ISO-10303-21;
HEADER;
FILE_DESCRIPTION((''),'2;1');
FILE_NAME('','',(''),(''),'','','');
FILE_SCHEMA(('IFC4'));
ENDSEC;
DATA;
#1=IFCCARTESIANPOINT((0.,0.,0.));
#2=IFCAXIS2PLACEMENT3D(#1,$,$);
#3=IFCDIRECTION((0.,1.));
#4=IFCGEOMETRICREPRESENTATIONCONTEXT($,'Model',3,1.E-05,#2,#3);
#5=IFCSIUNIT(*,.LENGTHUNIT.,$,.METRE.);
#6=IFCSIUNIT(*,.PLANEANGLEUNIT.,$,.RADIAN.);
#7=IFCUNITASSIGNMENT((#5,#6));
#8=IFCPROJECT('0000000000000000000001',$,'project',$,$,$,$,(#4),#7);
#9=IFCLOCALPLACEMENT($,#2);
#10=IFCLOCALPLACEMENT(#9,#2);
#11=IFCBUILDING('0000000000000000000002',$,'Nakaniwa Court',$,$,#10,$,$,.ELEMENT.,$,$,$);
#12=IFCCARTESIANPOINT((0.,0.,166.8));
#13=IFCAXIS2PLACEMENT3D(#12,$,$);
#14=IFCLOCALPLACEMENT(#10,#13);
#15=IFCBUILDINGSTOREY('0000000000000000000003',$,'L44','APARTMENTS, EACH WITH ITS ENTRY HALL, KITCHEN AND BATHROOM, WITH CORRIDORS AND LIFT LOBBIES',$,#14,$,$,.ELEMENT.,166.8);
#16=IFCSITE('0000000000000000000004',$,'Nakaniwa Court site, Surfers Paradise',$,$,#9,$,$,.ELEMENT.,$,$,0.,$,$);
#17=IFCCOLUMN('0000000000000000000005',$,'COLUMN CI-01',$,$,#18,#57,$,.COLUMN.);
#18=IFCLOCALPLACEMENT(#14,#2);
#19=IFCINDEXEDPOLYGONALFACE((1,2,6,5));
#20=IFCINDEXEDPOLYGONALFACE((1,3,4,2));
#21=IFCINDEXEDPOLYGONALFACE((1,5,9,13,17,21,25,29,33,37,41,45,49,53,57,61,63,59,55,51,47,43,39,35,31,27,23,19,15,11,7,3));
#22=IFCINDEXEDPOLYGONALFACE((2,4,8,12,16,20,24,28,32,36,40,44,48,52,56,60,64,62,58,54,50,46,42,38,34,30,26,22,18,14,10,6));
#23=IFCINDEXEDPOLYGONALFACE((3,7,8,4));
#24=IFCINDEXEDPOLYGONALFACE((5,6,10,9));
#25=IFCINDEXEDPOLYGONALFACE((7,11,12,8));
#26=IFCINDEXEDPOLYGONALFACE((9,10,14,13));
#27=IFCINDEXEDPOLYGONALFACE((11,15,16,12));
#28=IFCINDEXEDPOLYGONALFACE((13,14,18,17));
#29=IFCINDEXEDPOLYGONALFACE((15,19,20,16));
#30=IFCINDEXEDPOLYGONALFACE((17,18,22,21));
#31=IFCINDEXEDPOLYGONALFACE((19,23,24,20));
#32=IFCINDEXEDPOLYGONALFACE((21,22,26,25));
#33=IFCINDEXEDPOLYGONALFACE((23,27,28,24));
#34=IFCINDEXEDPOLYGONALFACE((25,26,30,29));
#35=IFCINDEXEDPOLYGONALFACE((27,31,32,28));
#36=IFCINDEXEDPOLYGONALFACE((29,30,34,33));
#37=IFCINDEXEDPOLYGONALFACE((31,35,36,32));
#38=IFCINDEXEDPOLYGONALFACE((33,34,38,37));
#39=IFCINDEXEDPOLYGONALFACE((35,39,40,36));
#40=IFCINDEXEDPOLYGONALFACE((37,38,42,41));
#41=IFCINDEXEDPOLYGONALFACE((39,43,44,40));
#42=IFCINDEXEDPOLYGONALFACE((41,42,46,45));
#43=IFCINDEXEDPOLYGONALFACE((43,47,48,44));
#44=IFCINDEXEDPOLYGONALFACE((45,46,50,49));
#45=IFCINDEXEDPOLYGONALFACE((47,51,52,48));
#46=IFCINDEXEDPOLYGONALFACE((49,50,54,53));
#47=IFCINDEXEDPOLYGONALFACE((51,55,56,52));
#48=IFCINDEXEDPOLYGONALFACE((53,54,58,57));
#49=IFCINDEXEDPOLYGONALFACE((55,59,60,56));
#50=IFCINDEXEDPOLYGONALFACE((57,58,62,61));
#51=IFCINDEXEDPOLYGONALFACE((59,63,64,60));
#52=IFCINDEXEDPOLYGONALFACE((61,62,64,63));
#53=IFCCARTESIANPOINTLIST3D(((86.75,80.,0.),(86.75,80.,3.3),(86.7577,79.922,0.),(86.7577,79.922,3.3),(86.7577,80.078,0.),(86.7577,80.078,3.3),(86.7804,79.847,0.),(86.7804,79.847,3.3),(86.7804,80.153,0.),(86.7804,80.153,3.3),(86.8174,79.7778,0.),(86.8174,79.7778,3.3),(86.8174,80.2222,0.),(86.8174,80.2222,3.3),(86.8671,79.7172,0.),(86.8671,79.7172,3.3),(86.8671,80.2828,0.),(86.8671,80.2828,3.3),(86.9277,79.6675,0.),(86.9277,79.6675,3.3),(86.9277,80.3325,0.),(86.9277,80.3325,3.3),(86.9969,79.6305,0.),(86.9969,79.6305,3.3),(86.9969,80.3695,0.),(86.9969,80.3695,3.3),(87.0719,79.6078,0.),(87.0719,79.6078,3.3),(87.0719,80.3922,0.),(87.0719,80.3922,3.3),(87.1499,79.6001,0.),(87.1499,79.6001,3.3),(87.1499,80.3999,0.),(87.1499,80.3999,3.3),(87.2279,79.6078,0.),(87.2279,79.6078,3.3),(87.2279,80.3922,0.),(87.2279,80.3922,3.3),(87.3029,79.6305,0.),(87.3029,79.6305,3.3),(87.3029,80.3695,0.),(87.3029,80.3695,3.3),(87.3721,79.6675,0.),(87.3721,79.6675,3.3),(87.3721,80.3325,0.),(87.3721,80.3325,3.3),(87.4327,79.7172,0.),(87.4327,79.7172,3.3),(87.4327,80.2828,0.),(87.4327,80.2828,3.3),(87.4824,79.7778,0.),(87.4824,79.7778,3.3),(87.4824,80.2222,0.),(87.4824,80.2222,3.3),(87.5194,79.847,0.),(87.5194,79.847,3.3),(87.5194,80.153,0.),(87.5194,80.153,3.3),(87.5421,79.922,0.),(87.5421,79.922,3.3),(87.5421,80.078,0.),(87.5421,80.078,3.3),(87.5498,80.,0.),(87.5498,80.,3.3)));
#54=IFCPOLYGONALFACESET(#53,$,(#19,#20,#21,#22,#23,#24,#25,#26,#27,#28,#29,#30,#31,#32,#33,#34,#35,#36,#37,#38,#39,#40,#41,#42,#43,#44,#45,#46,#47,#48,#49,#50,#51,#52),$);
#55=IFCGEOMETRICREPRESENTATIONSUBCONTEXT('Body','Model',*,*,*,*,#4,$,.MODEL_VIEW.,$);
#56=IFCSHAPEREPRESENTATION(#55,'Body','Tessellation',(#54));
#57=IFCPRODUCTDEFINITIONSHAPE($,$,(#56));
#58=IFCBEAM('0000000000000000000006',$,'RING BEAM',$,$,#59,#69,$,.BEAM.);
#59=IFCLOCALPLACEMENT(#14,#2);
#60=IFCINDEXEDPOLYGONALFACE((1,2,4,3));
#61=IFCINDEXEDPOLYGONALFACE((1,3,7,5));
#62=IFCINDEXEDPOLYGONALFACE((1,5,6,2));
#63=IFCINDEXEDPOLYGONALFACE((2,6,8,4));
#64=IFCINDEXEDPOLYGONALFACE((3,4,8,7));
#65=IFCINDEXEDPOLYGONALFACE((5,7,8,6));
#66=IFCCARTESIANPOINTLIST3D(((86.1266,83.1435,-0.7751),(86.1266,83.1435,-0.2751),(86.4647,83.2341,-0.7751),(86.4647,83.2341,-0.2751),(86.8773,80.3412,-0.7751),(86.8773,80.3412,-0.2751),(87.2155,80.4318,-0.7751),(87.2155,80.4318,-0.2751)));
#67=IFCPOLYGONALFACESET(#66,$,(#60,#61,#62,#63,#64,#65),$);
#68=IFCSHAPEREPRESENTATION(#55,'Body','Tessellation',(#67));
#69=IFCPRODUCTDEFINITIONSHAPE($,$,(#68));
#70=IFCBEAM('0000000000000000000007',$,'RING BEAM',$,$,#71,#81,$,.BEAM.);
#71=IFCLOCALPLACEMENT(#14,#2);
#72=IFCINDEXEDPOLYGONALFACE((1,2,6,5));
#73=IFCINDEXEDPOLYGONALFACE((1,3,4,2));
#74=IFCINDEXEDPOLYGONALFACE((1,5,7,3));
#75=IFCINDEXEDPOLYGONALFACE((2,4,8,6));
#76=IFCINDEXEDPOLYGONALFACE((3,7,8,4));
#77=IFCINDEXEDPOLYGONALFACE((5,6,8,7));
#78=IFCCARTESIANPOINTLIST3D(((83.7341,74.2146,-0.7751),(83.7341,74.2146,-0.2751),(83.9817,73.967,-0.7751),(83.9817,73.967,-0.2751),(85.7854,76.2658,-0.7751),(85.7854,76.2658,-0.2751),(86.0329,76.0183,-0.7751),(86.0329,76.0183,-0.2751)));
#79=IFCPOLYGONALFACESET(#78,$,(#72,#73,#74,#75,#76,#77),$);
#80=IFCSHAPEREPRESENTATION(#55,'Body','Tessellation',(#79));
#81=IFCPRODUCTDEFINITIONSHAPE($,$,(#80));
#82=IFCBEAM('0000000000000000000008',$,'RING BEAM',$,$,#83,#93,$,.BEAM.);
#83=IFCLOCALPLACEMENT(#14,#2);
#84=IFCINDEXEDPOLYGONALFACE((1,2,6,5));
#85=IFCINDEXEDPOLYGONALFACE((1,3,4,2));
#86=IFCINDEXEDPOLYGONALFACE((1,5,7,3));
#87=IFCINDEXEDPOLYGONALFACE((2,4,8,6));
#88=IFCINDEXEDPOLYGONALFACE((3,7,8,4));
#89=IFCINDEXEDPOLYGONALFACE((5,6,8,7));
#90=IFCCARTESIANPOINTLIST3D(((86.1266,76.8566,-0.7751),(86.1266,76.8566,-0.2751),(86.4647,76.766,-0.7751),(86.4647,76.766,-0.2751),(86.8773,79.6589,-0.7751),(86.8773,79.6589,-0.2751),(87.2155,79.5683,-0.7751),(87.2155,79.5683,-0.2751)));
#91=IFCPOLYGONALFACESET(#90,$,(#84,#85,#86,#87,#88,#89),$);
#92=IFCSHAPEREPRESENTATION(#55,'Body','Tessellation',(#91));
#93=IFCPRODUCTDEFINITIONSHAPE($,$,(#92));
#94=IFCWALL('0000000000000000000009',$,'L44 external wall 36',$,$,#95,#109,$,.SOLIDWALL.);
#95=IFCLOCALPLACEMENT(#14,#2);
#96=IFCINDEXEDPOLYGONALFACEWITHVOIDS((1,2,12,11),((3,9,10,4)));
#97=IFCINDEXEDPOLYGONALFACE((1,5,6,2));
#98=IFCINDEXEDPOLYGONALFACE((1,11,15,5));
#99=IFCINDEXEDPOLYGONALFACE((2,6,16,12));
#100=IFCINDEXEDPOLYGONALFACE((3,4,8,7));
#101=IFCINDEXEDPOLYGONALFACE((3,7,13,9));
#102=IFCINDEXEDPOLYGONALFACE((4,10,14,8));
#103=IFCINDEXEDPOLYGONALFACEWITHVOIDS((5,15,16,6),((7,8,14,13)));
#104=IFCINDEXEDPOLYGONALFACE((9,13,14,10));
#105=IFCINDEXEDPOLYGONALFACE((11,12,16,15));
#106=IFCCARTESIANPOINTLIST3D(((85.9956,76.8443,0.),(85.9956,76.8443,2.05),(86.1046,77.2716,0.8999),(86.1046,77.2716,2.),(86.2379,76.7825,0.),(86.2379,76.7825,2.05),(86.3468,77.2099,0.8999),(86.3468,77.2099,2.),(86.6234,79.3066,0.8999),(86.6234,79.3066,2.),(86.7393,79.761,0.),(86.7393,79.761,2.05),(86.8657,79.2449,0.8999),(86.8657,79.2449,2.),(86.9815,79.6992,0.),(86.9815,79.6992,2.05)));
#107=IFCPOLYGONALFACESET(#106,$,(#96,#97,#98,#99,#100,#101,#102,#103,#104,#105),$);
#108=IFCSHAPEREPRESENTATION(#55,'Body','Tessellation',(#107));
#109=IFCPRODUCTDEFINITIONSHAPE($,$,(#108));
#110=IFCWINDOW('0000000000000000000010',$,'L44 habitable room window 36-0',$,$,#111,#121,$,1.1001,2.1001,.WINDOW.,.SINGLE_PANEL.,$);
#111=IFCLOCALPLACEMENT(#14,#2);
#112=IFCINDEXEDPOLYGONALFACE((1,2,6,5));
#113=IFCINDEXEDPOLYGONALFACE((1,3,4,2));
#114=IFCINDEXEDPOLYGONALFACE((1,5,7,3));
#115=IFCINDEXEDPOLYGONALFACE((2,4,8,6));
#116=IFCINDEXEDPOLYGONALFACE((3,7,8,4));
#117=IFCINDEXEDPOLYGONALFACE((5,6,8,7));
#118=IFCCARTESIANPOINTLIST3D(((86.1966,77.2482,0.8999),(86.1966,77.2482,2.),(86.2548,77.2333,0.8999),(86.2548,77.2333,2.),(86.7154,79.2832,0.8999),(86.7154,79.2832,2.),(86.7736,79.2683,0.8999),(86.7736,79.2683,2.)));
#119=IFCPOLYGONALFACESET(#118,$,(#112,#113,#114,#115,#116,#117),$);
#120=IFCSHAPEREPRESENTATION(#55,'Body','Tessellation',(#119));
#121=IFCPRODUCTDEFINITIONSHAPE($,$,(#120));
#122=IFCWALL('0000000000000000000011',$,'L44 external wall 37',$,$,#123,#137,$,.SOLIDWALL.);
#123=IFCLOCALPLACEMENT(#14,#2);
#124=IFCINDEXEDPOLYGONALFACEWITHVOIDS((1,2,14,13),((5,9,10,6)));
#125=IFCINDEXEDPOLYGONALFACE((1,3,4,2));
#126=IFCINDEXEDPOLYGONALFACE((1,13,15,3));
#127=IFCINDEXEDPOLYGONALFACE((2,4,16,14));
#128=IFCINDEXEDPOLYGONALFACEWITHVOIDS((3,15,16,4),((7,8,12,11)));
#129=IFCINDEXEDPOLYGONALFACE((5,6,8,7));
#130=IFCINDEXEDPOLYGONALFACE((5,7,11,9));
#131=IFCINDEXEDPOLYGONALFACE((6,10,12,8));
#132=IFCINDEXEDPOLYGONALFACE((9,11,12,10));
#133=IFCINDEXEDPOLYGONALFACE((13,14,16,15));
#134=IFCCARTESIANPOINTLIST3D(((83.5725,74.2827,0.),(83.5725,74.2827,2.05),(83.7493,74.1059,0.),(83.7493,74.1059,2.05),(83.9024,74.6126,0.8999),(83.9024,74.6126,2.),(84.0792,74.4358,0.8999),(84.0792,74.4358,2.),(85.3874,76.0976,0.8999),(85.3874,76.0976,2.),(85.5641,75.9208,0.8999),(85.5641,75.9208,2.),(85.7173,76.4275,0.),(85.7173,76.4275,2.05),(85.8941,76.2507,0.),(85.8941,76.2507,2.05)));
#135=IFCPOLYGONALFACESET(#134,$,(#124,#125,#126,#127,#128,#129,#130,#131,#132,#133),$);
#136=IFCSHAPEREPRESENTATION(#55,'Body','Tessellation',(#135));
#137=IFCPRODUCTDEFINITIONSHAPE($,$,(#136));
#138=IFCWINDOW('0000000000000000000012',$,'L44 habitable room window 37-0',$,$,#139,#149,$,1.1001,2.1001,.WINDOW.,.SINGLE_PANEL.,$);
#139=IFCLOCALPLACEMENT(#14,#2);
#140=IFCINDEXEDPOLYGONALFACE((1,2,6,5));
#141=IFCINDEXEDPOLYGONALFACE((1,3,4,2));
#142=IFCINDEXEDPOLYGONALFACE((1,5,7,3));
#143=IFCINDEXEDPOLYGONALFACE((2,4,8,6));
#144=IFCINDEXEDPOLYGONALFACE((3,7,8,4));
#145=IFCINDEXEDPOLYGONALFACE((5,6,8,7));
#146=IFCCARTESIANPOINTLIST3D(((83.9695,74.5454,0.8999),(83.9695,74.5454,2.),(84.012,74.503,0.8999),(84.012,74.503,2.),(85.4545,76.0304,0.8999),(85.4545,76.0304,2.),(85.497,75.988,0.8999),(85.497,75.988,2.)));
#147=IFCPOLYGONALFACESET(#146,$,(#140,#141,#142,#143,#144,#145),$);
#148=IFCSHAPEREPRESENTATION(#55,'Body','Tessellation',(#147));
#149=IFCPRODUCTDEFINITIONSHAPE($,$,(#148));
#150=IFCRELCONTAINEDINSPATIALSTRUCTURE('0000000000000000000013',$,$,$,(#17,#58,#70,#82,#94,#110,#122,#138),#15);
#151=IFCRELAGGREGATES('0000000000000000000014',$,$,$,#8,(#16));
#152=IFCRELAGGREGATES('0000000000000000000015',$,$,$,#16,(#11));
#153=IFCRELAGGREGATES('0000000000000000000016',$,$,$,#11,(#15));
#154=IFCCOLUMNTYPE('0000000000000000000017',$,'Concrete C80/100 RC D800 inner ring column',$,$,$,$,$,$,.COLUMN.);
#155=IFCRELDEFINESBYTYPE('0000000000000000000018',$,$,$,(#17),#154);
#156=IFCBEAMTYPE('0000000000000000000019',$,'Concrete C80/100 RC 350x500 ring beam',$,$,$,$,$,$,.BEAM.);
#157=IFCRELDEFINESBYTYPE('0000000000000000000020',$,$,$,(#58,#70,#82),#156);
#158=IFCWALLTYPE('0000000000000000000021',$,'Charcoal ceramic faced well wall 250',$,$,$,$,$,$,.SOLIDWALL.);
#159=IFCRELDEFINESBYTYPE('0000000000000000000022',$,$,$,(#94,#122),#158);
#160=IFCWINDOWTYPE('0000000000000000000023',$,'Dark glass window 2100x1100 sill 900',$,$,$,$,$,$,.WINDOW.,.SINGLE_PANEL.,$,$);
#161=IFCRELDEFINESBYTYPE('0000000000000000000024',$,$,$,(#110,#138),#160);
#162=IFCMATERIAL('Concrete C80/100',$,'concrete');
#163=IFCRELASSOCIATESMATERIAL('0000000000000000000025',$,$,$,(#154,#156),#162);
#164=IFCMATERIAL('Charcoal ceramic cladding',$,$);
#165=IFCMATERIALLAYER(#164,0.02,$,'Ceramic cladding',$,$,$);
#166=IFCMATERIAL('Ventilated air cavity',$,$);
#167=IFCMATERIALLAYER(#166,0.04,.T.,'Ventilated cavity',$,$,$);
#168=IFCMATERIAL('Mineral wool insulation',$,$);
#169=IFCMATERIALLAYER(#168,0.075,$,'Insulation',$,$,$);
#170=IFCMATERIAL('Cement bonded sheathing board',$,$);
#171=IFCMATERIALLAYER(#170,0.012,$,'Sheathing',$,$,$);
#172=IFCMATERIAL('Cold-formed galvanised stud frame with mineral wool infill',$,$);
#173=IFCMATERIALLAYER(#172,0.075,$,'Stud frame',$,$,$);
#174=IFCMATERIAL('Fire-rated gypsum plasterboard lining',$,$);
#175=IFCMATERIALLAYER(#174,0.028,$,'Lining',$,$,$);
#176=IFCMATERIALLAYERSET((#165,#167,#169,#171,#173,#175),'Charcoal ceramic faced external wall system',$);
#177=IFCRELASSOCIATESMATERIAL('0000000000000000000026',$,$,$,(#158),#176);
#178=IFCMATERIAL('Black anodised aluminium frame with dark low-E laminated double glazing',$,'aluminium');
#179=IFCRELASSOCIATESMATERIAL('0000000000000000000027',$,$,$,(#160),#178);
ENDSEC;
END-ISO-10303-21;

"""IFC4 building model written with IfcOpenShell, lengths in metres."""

from ifc_helpers import new_model, si_unit, direction, frame, frame_2d, origin, origin_2d, place, context, subcontext, project, spatial, rectangle, circle, extrude, material, layer, layer_set, material_profile, profile_set, type_object, element, fill, save


model = new_model("IFC4")

# Units and contexts
model_context = context("Model", 3, precision=1e-05, world=origin(), true_north=direction((0.0, 1.0)))
body_context = subcontext(model_context, "Body", "Model", "MODEL_VIEW")
ifc_project = project(units=[si_unit("LENGTHUNIT", "METRE"), si_unit("PLANEANGLEUNIT", "RADIAN")], contexts=[model_context])

# Site, building, storey
site_placement = place(None, origin())
site = spatial("IfcSite", under=ifc_project, at=site_placement, Name="Nakaniwa Court site, Surfers Paradise", CompositionType="ELEMENT", RefElevation=0.0)
building_placement = place(site_placement, origin())
building = spatial("IfcBuilding", under=site, at=building_placement, Name="Nakaniwa Court", CompositionType="ELEMENT")
storey_placement = place(building_placement, frame((0.0, 0.0, 166.8)))
storey = spatial("IfcBuildingStorey", under=building, at=storey_placement, Name="L44", Description="APARTMENTS, EACH WITH ITS ENTRY HALL, KITCHEN AND BATHROOM, WITH CORRIDORS AND LIFT LOBBIES", CompositionType="ELEMENT", Elevation=166.8)

# Column
ifc_material_1 = material(Name="Concrete C80/100", Category="concrete")
ifc_material_profile_1 = material_profile(ifc_material_1, circle(Radius=0.3999, at=origin_2d()), Name="Concrete C80/100 RC D800 inner ring column")
ifc_profile_set_1 = profile_set([ifc_material_profile_1], Name="Concrete C80/100")
column_type = type_object("IfcColumnType", Name="Concrete C80/100 RC D800 inner ring column", PredefinedType="COLUMN", material=ifc_profile_set_1)
for number, where, z_axis, x_axis, name in (
    (1, (87.1499, 80.0, 0.0), (0.0, 0.0, 1.0), (0.0, 1.0, 0.0), "COLUMN CI-01"),
):
    element("IfcColumn", number, at=place(storey_placement, frame(where, z_axis=z_axis, x_axis=x_axis)), inside=storey, type_object=column_type, Name=name, PredefinedType="COLUMN", context=body_context, shape_type="SweptSolid", body=[
        extrude(circle(Radius=0.3999, at=origin_2d()), origin(), (0.0, 0.0, 1.0), 3.3),
    ])

# Beams
ifc_material_profile_2 = material_profile(ifc_material_1, rectangle(XDim=0.3501, YDim=0.5, at=origin_2d()), Name="Concrete C80/100 RC 350x500 ring beam")
ifc_profile_set_2 = profile_set([ifc_material_profile_2], Name="Concrete C80/100")
beam_type = type_object("IfcBeamType", Name="Concrete C80/100 RC 350x500 ring beam", PredefinedType="BEAM", material=ifc_profile_set_2)
beam_1_placement = place(storey_placement, frame((87.0464, 80.3865, -0.5251), z_axis=(-0.258778, 0.965937, 0.0), x_axis=(-0.965937, -0.258778, 0.0)))
element("IfcBeam", 2, at=beam_1_placement, inside=storey, type_object=beam_type, Name="RING BEAM", PredefinedType="BEAM", context=body_context, shape_type="SweptSolid", body=[
    extrude(rectangle(XDim=0.3501, YDim=0.5, at=origin_2d()), origin(), (0.0, 0.0, 1.0), 2.9011),
])
beam_2_placement = place(storey_placement, frame((83.8579, 74.0908, -0.5251), z_axis=(0.707107, 0.707107, 0.0), x_axis=(-0.707107, 0.707107, 0.0)))
element("IfcBeam", 3, at=beam_2_placement, inside=storey, type_object=beam_type, Name="RING BEAM", PredefinedType="BEAM", context=body_context, shape_type="SweptSolid", body=[
    extrude(rectangle(XDim=0.3501, YDim=0.5, at=origin_2d()), origin(), (0.0, 0.0, 1.0), 2.9009),
])
beam_3_placement = place(storey_placement, frame((86.2957, 76.8113, -0.5251), z_axis=(0.258778, 0.965937, 0.0), x_axis=(-0.965937, 0.258778, 0.0)))
element("IfcBeam", 4, at=beam_3_placement, inside=storey, type_object=beam_type, Name="RING BEAM", PredefinedType="BEAM", context=body_context, shape_type="SweptSolid", body=[
    extrude(rectangle(XDim=0.3501, YDim=0.5, at=origin_2d()), origin(), (0.0, 0.0, 1.0), 2.9011),
])

# Walls, openings, windows
ifc_material_2 = material(Name="Charcoal ceramic cladding")
ifc_layer_1 = layer(ifc_material_2, 0.02, Name="Ceramic cladding")
ifc_material_3 = material(Name="Ventilated air cavity")
ifc_layer_2 = layer(ifc_material_3, 0.04, ventilated=True, Name="Ventilated cavity")
ifc_material_4 = material(Name="Mineral wool insulation")
ifc_layer_3 = layer(ifc_material_4, 0.075, Name="Insulation")
ifc_material_5 = material(Name="Cement bonded sheathing board")
ifc_layer_4 = layer(ifc_material_5, 0.012, Name="Sheathing")
ifc_material_6 = material(Name="Cold-formed galvanised stud frame with mineral wool infill")
ifc_layer_5 = layer(ifc_material_6, 0.075, Name="Stud frame")
ifc_material_7 = material(Name="Fire-rated gypsum plasterboard lining")
ifc_layer_6 = layer(ifc_material_7, 0.028, Name="Lining")
ifc_layer_set_1 = layer_set([ifc_layer_1, ifc_layer_2, ifc_layer_3, ifc_layer_4, ifc_layer_5, ifc_layer_6], Name="Charcoal ceramic faced external wall system")
wall_type_1 = type_object("IfcWallType", Name="Charcoal ceramic faced well wall 250", PredefinedType="SOLIDWALL", material=ifc_layer_set_1)
wall_1_placement = place(storey_placement, frame((86.8604, 79.73, 0.0), z_axis=(0.0, 0.0, 1.0), x_axis=(-0.247056, -0.969001, 0.0)))
wall_1 = element("IfcWall", 5, at=wall_1_placement, inside=storey, type_object=wall_type_1, Name="L44 external wall 36", PredefinedType="SOLIDWALL", context=body_context, shape_type="SweptSolid", body=[
    extrude(rectangle(XDim=3.01, YDim=0.25, at=frame_2d((1.5049, 0.0))), origin(), (0.0, 0.0, 1.0), 2.05),
])
opening_1_placement = place(wall_1_placement, frame((0.4688, 0.0, 0.8999)))
opening_1 = element("IfcOpeningElement", 6, at=opening_1_placement, cuts=wall_1, PredefinedType="OPENING", context=body_context, shape_type="SweptSolid", body=[
    extrude(rectangle(XDim=2.1001, YDim=1.1001, at=frame_2d((1.05, 0.55))), frame((0.0, 0.135, 0.0), z_axis=(0.0, -1.0, 0.0), x_axis=(1.0, 0.0, 0.0)), (0.0, 0.0, 1.0), 0.27),
])
ifc_material_8 = material(Name="Black anodised aluminium frame with dark low-E laminated double glazing", Category="aluminium")
window_type = type_object("IfcWindowType", Name="Dark glass window 2100x1100 sill 900", PartitioningType="SINGLE_PANEL", PredefinedType="WINDOW", material=ifc_material_8)
window_1_placement = place(opening_1_placement, origin())
window_1 = element("IfcWindow", 7, at=window_1_placement, inside=storey, type_object=window_type, Name="L44 habitable room window 36-0", OverallHeight=1.1001, OverallWidth=2.1001, PartitioningType="SINGLE_PANEL", PredefinedType="WINDOW", context=body_context, shape_type="SweptSolid", body=[
    extrude(rectangle(XDim=2.1001, YDim=1.1001, at=frame_2d((1.05, 0.55))), frame((0.0, 0.03, 0.0), z_axis=(0.0, -1.0, 0.0), x_axis=(1.0, 0.0, 0.0)), (0.0, 0.0, 1.0), 0.0601),
])
fill(opening_1, window_1)
wall_2_placement = place(storey_placement, frame((85.8057, 76.3391, 0.0), z_axis=(0.0, 0.0, 1.0), x_axis=(-0.707107, -0.707107, 0.0)))
wall_2 = element("IfcWall", 8, at=wall_2_placement, inside=storey, type_object=wall_type_1, Name="L44 external wall 37", PredefinedType="SOLIDWALL", context=body_context, shape_type="SweptSolid", body=[
    extrude(rectangle(XDim=3.0332, YDim=0.25, at=frame_2d((1.5166, 0.0))), origin(), (0.0, 0.0, 1.0), 2.05),
])
opening_2_placement = place(wall_2_placement, frame((0.4666, 0.0, 0.8999)))
opening_2 = element("IfcOpeningElement", 9, at=opening_2_placement, cuts=wall_2, PredefinedType="OPENING", context=body_context, shape_type="SweptSolid", body=[
    extrude(rectangle(XDim=2.1001, YDim=1.1001, at=frame_2d((1.05, 0.55))), frame((0.0, 0.135, 0.0), z_axis=(0.0, -1.0, 0.0), x_axis=(1.0, 0.0, 0.0)), (0.0, 0.0, 1.0), 0.27),
])
window_2_placement = place(opening_2_placement, origin())
window_2 = element("IfcWindow", 10, at=window_2_placement, inside=storey, type_object=window_type, Name="L44 habitable room window 37-0", OverallHeight=1.1001, OverallWidth=2.1001, PartitioningType="SINGLE_PANEL", PredefinedType="WINDOW", context=body_context, shape_type="SweptSolid", body=[
    extrude(rectangle(XDim=2.1001, YDim=1.1001, at=frame_2d((1.05, 0.55))), frame((0.0, 0.03, 0.0), z_axis=(0.0, -1.0, 0.0), x_axis=(1.0, 0.0, 0.0)), (0.0, 0.0, 1.0), 0.0601),
])
fill(opening_2, window_2)

save(model, "model.ifc")
